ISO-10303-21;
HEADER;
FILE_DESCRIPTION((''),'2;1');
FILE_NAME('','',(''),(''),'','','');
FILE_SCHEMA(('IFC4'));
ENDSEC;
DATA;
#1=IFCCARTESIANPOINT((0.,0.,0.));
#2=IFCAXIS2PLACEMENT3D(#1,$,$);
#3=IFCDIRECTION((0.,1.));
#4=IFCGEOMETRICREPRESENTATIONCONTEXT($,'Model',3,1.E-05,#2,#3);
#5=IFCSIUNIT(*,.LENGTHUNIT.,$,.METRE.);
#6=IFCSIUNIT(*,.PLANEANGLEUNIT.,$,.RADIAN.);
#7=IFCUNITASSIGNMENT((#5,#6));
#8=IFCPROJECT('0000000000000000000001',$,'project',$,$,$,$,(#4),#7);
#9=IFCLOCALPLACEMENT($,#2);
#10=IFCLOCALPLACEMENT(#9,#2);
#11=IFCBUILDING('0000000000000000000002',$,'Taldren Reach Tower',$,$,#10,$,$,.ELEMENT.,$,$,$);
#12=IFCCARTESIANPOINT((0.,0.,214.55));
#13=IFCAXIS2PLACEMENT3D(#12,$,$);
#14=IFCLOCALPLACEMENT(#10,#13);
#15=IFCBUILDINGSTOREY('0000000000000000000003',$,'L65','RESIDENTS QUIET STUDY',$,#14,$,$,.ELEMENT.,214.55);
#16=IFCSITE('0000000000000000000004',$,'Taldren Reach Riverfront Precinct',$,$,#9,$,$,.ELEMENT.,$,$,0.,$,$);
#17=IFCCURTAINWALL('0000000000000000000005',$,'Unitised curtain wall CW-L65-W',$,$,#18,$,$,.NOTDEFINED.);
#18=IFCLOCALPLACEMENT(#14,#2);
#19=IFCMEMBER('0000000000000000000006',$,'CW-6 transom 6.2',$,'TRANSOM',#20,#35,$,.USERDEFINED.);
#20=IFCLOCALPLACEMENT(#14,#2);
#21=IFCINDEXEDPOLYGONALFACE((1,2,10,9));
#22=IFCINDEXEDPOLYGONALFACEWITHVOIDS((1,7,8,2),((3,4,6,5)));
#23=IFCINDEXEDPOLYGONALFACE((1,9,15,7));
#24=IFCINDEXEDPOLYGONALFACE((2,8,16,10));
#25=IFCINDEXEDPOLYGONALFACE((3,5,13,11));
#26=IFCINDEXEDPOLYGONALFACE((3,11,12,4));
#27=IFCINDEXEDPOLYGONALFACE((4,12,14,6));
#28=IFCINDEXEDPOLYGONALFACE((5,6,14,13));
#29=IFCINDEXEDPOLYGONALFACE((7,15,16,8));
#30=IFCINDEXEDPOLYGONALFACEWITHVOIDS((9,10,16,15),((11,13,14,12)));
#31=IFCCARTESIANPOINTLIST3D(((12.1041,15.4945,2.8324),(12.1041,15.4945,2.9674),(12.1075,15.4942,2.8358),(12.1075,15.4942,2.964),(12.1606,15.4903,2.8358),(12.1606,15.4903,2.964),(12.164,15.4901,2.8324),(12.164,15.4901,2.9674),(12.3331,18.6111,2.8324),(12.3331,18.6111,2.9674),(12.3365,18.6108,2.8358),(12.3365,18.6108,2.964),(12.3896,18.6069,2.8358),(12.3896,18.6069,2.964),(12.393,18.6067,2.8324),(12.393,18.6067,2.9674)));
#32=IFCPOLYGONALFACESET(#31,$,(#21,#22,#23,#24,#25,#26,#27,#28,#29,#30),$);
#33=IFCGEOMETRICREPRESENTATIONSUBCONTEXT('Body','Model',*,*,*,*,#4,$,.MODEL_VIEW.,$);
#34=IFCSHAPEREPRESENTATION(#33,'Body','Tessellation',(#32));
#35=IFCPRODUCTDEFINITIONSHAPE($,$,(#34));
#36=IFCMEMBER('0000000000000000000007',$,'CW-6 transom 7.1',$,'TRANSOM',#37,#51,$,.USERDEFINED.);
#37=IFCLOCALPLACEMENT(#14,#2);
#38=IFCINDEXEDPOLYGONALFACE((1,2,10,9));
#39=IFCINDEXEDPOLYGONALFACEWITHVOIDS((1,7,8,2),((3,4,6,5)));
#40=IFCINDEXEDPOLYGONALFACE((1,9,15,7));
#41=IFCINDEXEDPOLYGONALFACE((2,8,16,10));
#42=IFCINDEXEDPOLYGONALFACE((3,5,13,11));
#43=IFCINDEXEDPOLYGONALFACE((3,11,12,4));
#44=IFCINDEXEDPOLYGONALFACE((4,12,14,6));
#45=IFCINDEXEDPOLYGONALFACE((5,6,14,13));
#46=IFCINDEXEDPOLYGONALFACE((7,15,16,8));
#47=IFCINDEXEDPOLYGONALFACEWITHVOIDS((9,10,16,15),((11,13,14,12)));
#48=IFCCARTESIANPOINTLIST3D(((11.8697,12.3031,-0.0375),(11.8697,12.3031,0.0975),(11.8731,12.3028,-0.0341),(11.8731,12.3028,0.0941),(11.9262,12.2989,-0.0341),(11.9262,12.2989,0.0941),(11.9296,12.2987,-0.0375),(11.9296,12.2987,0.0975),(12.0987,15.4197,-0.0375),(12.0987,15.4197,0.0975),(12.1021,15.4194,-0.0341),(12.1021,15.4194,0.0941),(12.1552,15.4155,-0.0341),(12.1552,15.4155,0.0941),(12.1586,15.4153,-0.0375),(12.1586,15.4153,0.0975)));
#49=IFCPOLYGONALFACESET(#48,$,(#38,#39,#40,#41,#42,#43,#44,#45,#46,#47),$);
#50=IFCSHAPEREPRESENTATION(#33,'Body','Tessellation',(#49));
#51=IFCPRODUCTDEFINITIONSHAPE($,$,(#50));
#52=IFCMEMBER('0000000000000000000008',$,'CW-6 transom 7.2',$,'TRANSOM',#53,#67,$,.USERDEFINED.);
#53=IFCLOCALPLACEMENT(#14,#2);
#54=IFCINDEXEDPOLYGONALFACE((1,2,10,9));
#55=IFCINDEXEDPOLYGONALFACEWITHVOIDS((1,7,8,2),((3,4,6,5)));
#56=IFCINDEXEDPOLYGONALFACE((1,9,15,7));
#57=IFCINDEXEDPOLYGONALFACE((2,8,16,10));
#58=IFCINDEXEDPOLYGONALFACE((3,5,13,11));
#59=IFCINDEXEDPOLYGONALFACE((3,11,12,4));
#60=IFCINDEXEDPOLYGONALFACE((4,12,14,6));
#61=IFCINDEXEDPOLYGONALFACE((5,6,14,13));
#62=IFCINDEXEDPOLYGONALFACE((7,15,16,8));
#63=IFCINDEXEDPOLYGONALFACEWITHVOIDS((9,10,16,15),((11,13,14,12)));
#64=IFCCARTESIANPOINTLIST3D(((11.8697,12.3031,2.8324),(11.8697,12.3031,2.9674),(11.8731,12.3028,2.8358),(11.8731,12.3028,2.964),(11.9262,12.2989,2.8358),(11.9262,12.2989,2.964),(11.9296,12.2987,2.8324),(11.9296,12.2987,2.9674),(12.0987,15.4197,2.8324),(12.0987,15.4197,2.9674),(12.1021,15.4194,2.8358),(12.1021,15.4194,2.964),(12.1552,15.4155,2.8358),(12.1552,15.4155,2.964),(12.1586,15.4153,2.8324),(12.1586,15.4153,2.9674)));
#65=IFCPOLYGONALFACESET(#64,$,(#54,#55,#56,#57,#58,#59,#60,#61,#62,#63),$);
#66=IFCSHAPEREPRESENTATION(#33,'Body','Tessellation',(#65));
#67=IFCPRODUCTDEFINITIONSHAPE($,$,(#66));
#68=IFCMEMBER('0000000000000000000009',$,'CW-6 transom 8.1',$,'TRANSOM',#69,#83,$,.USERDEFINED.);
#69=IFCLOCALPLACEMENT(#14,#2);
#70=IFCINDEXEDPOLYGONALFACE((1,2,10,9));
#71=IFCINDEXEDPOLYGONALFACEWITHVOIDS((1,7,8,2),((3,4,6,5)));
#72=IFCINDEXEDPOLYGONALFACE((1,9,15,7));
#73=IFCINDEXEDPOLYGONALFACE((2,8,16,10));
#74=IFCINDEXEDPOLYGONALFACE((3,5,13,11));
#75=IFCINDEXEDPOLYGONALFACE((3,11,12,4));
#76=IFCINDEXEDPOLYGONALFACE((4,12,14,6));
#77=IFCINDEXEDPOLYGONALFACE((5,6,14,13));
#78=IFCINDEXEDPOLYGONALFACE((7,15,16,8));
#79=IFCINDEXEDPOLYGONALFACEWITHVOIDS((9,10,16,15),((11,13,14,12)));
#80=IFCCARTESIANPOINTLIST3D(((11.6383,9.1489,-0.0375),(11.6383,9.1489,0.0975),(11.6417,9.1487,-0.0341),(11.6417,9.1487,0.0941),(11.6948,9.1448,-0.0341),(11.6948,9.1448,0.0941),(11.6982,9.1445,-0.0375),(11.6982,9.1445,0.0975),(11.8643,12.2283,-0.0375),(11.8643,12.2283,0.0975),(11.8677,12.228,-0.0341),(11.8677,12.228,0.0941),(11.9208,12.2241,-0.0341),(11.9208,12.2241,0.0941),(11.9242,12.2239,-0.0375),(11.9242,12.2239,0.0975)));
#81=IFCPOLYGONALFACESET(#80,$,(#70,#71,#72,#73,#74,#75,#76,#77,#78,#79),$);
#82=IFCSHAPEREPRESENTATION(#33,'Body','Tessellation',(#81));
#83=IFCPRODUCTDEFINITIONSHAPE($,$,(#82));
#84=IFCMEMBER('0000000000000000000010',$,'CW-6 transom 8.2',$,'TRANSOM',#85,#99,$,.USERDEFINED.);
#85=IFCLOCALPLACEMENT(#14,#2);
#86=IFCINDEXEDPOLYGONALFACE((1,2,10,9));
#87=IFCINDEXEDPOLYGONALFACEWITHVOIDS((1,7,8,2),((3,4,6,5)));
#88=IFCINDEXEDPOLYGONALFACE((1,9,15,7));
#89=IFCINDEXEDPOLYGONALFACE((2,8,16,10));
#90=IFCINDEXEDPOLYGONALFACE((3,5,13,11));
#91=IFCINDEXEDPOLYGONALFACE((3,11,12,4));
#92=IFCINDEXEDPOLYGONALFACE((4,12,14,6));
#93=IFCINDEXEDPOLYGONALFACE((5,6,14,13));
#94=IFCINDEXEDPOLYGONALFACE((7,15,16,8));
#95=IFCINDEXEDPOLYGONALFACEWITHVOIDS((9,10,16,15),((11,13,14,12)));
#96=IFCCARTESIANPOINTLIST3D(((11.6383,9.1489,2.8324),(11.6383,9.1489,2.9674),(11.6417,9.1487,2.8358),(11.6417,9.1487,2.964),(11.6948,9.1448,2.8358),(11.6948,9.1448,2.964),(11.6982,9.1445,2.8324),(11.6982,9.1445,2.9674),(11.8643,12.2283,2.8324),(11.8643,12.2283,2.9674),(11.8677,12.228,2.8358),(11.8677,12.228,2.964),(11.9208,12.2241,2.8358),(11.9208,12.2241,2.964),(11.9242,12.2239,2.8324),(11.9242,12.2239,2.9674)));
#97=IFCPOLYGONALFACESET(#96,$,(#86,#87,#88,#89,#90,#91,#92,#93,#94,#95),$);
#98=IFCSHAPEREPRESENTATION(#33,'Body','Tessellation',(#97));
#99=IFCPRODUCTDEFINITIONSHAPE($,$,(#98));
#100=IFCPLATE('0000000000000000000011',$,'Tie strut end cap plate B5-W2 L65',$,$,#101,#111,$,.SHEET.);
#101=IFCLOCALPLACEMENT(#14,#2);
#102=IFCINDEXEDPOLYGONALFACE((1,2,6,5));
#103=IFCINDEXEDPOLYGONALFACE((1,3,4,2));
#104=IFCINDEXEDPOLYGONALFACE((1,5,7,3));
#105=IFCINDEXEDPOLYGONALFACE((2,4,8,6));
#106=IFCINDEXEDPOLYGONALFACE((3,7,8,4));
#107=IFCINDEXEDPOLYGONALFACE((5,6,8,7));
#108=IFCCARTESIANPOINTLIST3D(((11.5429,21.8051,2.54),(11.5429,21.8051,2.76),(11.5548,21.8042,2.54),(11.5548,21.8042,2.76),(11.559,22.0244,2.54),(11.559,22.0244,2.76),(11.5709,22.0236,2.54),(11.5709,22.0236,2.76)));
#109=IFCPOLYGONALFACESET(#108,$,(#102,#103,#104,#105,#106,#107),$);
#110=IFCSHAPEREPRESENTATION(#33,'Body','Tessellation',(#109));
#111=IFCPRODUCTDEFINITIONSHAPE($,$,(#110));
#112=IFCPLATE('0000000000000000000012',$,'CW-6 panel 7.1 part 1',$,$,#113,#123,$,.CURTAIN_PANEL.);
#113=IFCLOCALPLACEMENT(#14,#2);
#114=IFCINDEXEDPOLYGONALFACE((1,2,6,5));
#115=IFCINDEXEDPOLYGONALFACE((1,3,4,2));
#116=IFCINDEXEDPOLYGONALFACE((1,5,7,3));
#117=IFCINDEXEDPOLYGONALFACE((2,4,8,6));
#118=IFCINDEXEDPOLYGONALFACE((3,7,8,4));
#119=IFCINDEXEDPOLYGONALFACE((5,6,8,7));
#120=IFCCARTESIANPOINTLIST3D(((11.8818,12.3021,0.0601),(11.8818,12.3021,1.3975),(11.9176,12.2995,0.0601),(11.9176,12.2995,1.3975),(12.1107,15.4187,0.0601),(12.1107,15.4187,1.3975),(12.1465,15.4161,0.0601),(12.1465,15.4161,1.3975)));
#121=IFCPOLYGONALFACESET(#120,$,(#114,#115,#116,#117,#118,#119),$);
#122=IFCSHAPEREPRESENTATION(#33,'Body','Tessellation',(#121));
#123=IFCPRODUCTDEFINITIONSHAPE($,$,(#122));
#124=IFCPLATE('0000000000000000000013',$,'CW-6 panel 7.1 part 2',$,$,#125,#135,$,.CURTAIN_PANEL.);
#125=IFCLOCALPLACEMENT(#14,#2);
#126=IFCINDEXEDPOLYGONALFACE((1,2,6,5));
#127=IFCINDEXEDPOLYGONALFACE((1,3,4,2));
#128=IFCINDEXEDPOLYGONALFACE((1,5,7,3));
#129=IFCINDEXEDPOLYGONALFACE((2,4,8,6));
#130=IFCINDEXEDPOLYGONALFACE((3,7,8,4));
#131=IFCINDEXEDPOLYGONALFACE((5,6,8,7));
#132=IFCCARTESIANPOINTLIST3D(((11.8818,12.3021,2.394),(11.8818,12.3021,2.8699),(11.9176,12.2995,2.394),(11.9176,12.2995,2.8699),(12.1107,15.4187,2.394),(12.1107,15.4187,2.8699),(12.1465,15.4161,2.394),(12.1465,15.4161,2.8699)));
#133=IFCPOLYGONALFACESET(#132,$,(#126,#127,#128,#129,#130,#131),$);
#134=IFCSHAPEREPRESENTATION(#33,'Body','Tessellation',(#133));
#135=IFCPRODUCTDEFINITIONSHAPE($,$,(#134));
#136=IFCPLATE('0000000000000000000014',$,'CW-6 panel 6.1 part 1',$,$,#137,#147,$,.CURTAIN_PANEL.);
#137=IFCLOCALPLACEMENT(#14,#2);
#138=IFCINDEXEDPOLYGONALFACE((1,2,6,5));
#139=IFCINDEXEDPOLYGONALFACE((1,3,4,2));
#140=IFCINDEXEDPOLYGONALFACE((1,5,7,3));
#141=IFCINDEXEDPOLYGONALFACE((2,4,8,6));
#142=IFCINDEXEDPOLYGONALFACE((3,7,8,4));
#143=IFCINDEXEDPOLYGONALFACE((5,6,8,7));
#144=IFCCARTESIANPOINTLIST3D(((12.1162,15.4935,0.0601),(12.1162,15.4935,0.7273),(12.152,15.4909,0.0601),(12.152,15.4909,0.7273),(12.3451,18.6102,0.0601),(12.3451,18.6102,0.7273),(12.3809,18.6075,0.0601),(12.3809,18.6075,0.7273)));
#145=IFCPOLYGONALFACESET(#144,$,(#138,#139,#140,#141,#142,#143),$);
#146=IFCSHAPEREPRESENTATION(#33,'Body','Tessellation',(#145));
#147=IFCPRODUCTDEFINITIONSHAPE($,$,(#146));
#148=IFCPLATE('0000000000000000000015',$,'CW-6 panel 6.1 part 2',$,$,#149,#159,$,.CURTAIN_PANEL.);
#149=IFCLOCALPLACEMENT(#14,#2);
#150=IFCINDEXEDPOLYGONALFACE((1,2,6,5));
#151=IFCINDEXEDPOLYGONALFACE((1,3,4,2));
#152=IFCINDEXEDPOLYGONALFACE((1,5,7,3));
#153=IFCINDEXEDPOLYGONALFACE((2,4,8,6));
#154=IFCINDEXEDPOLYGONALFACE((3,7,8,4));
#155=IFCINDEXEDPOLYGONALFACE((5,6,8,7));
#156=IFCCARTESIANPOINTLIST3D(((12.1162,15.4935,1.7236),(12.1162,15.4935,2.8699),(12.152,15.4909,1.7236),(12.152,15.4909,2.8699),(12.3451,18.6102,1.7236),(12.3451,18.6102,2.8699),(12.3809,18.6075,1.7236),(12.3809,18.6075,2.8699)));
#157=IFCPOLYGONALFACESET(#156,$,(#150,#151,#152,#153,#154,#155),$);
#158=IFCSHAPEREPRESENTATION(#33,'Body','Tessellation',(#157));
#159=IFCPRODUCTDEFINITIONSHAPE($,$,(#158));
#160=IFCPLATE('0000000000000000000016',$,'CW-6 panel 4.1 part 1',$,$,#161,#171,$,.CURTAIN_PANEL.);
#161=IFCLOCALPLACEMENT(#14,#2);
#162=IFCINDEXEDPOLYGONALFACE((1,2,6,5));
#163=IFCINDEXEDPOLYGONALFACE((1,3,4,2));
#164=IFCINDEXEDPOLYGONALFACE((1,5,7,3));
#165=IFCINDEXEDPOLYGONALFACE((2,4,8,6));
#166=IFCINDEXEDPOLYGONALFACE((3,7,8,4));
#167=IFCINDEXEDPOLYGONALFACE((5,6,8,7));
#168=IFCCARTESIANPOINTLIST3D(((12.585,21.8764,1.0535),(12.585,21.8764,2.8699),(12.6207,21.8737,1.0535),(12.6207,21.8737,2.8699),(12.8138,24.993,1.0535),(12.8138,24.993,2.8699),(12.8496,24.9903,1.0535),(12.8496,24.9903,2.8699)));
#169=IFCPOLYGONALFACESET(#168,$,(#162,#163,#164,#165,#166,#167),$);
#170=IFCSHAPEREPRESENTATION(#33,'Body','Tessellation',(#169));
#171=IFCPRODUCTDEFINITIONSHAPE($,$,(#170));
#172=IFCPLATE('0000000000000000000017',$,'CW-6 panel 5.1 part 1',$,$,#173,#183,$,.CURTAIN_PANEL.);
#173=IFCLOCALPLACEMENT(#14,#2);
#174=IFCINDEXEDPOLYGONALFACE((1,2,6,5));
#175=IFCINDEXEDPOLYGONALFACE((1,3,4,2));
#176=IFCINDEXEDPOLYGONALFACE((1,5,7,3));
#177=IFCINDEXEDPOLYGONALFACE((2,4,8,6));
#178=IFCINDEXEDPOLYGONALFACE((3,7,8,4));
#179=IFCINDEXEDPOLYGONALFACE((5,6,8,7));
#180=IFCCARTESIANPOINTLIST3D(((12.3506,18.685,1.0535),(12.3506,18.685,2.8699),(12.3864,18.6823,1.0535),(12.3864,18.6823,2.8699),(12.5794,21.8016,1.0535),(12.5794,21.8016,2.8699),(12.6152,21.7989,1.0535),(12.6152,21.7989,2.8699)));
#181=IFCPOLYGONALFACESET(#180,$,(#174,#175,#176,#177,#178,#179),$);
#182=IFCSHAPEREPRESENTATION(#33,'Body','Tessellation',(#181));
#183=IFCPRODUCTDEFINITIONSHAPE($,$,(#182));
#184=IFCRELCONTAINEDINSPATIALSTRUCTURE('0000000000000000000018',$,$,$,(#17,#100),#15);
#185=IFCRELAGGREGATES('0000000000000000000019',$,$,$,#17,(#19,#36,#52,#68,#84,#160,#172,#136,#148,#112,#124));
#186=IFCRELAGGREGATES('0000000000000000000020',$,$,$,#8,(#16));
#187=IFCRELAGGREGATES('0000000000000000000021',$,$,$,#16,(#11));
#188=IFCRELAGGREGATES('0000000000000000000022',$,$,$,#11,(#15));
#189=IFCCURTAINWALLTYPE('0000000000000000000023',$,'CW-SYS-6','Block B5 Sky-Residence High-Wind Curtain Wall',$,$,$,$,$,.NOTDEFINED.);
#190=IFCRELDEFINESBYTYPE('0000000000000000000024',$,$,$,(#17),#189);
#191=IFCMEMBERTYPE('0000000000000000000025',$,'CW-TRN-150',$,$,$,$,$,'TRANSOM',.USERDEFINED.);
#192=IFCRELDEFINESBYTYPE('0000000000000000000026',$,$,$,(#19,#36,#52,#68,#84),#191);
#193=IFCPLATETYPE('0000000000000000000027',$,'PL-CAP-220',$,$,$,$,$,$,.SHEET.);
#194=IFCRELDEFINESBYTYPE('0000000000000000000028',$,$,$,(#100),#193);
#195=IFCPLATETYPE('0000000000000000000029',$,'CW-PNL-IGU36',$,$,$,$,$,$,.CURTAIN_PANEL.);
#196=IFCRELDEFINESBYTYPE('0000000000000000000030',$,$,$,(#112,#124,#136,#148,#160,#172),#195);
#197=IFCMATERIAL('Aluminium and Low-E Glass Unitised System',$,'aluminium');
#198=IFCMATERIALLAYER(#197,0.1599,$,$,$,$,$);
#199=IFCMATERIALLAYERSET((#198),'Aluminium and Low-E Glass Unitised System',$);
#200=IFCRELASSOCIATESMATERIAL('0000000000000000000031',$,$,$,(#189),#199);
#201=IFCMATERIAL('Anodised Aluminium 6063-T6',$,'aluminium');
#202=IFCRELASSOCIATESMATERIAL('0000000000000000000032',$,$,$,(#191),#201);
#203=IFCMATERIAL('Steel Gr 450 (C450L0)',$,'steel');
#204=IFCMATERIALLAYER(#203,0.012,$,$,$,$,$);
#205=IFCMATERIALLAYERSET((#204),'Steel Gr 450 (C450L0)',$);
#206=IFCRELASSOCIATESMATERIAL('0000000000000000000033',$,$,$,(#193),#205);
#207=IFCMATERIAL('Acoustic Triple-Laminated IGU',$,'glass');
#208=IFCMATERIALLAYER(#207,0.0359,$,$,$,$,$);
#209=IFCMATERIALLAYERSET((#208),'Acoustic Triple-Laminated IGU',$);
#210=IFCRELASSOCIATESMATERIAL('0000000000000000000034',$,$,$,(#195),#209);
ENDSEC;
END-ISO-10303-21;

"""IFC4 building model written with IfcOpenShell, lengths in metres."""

from ifc_helpers import new_model, si_unit, direction, frame, origin, origin_2d, place, context, subcontext, project, spatial, rectangle, hollow_rectangle, extrude, source, transform, mapped, material, layer, layer_set, material_profile, profile_set, type_object, element, aggregate, save


model = new_model("IFC4")

# Units and contexts
model_context = context("Model", 3, precision=1e-05, world=origin(), true_north=direction((0.0, 1.0)))
body_context = subcontext(model_context, "Body", "Model", "MODEL_VIEW")
ifc_project = project(units=[si_unit("LENGTHUNIT", "METRE"), si_unit("PLANEANGLEUNIT", "RADIAN")], contexts=[model_context])

# Site, building, storey
site_placement = place(None, origin())
site = spatial("IfcSite", under=ifc_project, at=site_placement, Name="Taldren Reach Riverfront Precinct", CompositionType="ELEMENT", RefElevation=0.0)
building_placement = place(site_placement, origin())
building = spatial("IfcBuilding", under=site, at=building_placement, Name="Taldren Reach Tower", CompositionType="ELEMENT")
storey_placement = place(building_placement, frame((0.0, 0.0, 214.55)))
storey = spatial("IfcBuildingStorey", under=building, at=storey_placement, Name="L65", Description="RESIDENTS QUIET STUDY", CompositionType="ELEMENT", Elevation=214.55)

# Shared definitions
ifc_material_1 = material(Name="Steel Gr 450 (C450L0)", Category="steel")

# Curtain wall, members
ifc_material_2 = material(Name="Aluminium and Low-E Glass Unitised System", Category="aluminium")
ifc_layer_1 = layer(ifc_material_2, 0.1599)
ifc_layer_set_1 = layer_set([ifc_layer_1], Name="Aluminium and Low-E Glass Unitised System")
curtain_wall_type = type_object("IfcCurtainWallType", Name="CW-SYS-6", Description="Block B5 Sky-Residence High-Wind Curtain Wall", PredefinedType="NOTDEFINED", material=ifc_layer_set_1)
curtain_wall_placement = place(storey_placement, origin())
curtain_wall = element("IfcCurtainWall", 1, at=curtain_wall_placement, inside=storey, type_object=curtain_wall_type, Name="Unitised curtain wall CW-L65-W", PredefinedType="NOTDEFINED")
ifc_material_3 = material(Name="Anodised Aluminium 6063-T6", Category="aluminium")
ifc_material_profile_1 = material_profile(ifc_material_3, hollow_rectangle(XDim=0.0601, YDim=0.135, WallThickness=0.0034, at=origin_2d()), Name="ALU-135x60x3.5RHS")
ifc_profile_set_1 = profile_set([ifc_material_profile_1], Name="Anodised Aluminium 6063-T6")
member_type_1 = type_object("IfcMemberType", Name="CW-TRN-150", ElementType="TRANSOM", PredefinedType="USERDEFINED", material=ifc_profile_set_1)
shared_shape_1 = source(origin(), body_context, "Body", "SweptSolid", [
    extrude(hollow_rectangle(XDim=0.0601, YDim=0.135, WallThickness=0.0034, at=origin_2d()), origin(), (0.0, 0.0, 1.0), 3.125),
])
member_1_placement = place(storey_placement, frame((12.363, 18.6089, 2.8999), z_axis=(-0.073279, -0.997311, 0.0), x_axis=(0.997311, -0.073279, 0.0)))
member_1 = element("IfcMember", 2, at=member_1_placement, type_object=member_type_1, Name="CW-6 transom 6.2", ObjectType="TRANSOM", PredefinedType="USERDEFINED", context=body_context, shape_type="MappedRepresentation", body=[
    mapped(shared_shape_1, transform((0.0, 0.0, 0.0), scale=1.0)),
])
member_2_placement = place(storey_placement, frame((12.1287, 15.4175, 0.03), z_axis=(-0.073279, -0.997311, 0.0), x_axis=(0.997311, -0.073279, 0.0)))
member_2 = element("IfcMember", 3, at=member_2_placement, type_object=member_type_1, Name="CW-6 transom 7.1", ObjectType="TRANSOM", PredefinedType="USERDEFINED", context=body_context, shape_type="MappedRepresentation", body=[
    mapped(shared_shape_1, transform((0.0, 0.0, 0.0), scale=1.0)),
])
member_3_placement = place(storey_placement, frame((12.1287, 15.4175, 2.8999), z_axis=(-0.073279, -0.997311, 0.0), x_axis=(0.997311, -0.073279, 0.0)))
member_3 = element("IfcMember", 4, at=member_3_placement, type_object=member_type_1, Name="CW-6 transom 7.2", ObjectType="TRANSOM", PredefinedType="USERDEFINED", context=body_context, shape_type="MappedRepresentation", body=[
    mapped(shared_shape_1, transform((0.0, 0.0, 0.0), scale=1.0)),
])
shared_shape_2 = source(origin(), body_context, "Body", "SweptSolid", [
    extrude(hollow_rectangle(XDim=0.0601, YDim=0.135, WallThickness=0.0034, at=origin_2d()), origin(), (0.0, 0.0, 1.0), 3.0876),
])
member_4_placement = place(storey_placement, frame((11.8943, 12.2261, 0.03), z_axis=(-0.073219, -0.997316, 0.0), x_axis=(0.997316, -0.073219, 0.0)))
member_4 = element("IfcMember", 5, at=member_4_placement, type_object=member_type_1, Name="CW-6 transom 8.1", ObjectType="TRANSOM", PredefinedType="USERDEFINED", context=body_context, shape_type="MappedRepresentation", body=[
    mapped(shared_shape_2, transform((0.0, 0.0, 0.0), scale=1.0)),
])
member_5_placement = place(storey_placement, frame((11.8943, 12.2261, 2.8999), z_axis=(-0.073219, -0.997316, 0.0), x_axis=(0.997316, -0.073219, 0.0)))
member_5 = element("IfcMember", 6, at=member_5_placement, type_object=member_type_1, Name="CW-6 transom 8.2", ObjectType="TRANSOM", PredefinedType="USERDEFINED", context=body_context, shape_type="MappedRepresentation", body=[
    mapped(shared_shape_2, transform((0.0, 0.0, 0.0), scale=1.0)),
])

# Plates
ifc_layer_2 = layer(ifc_material_1, 0.012)
ifc_layer_set_2 = layer_set([ifc_layer_2], Name="Steel Gr 450 (C450L0)")
plate_type_1 = type_object("IfcPlateType", Name="PL-CAP-220", PredefinedType="SHEET", material=ifc_layer_set_2)
shared_shape_3 = source(origin(), body_context, "Body", "SweptSolid", [
    extrude(rectangle(XDim=0.012, YDim=0.22, at=origin_2d()), origin(), (0.0, 0.0, 1.0), 0.22),
])
plate_1_placement = place(storey_placement, frame((11.5569, 21.9143, 2.54), z_axis=(0.0, 0.0, 1.0), x_axis=(0.997314, -0.073238, 0.0)))
element("IfcPlate", 7, at=plate_1_placement, inside=storey, type_object=plate_type_1, Name="Tie strut end cap plate B5-W2 L65", PredefinedType="SHEET", context=body_context, shape_type="MappedRepresentation", body=[
    mapped(shared_shape_3, transform((0.0, 0.0, 0.0), scale=1.0)),
])
ifc_material_4 = material(Name="Acoustic Triple-Laminated IGU", Category="glass")
ifc_layer_3 = layer(ifc_material_4, 0.0359)
ifc_layer_set_3 = layer_set([ifc_layer_3], Name="Acoustic Triple-Laminated IGU")
plate_type_2 = type_object("IfcPlateType", Name="CW-PNL-IGU36", PredefinedType="CURTAIN_PANEL", material=ifc_layer_set_3)
shared_shape_4 = source(origin(), body_context, "Body", "SweptSolid", [
    extrude(rectangle(XDim=3.125, YDim=0.0359, at=origin_2d()), origin(), (0.0, 0.0, 1.0), 1.3374),
])
plate_2_placement = place(storey_placement, frame((12.0142, 13.8591, 0.0601), z_axis=(0.0, 0.0, 1.0), x_axis=(-0.073238, -0.997314, 0.0)))
plate_2 = element("IfcPlate", 8, at=plate_2_placement, type_object=plate_type_2, Name="CW-6 panel 7.1 part 1", PredefinedType="CURTAIN_PANEL", context=body_context, shape_type="MappedRepresentation", body=[
    mapped(shared_shape_4, transform((0.0, 0.0, 0.0), scale=1.0)),
])
shared_shape_5 = source(origin(), body_context, "Body", "SweptSolid", [
    extrude(rectangle(XDim=3.125, YDim=0.0359, at=origin_2d()), origin(), (0.0, 0.0, 1.0), 0.4758),
])
plate_3_placement = place(storey_placement, frame((12.0142, 13.8591, 2.394), z_axis=(0.0, 0.0, 1.0), x_axis=(-0.073238, -0.997314, 0.0)))
plate_3 = element("IfcPlate", 9, at=plate_3_placement, type_object=plate_type_2, Name="CW-6 panel 7.1 part 2", PredefinedType="CURTAIN_PANEL", context=body_context, shape_type="MappedRepresentation", body=[
    mapped(shared_shape_5, transform((0.0, 0.0, 0.0), scale=1.0)),
])
shared_shape_6 = source(origin(), body_context, "Body", "SweptSolid", [
    extrude(rectangle(XDim=3.125, YDim=0.0359, at=origin_2d()), origin(), (0.0, 0.0, 1.0), 0.6672),
])
plate_4_placement = place(storey_placement, frame((12.2485, 17.0505, 0.0601), z_axis=(0.0, 0.0, 1.0), x_axis=(-0.073238, -0.997314, 0.0)))
plate_4 = element("IfcPlate", 10, at=plate_4_placement, type_object=plate_type_2, Name="CW-6 panel 6.1 part 1", PredefinedType="CURTAIN_PANEL", context=body_context, shape_type="MappedRepresentation", body=[
    mapped(shared_shape_6, transform((0.0, 0.0, 0.0), scale=1.0)),
])
shared_shape_7 = source(origin(), body_context, "Body", "SweptSolid", [
    extrude(rectangle(XDim=3.125, YDim=0.0359, at=origin_2d()), origin(), (0.0, 0.0, 1.0), 1.1462),
])
plate_5_placement = place(storey_placement, frame((12.2485, 17.0505, 1.7236), z_axis=(0.0, 0.0, 1.0), x_axis=(-0.073238, -0.997314, 0.0)))
plate_5 = element("IfcPlate", 11, at=plate_5_placement, type_object=plate_type_2, Name="CW-6 panel 6.1 part 2", PredefinedType="CURTAIN_PANEL", context=body_context, shape_type="MappedRepresentation", body=[
    mapped(shared_shape_7, transform((0.0, 0.0, 0.0), scale=1.0)),
])
shared_shape_8 = source(origin(), body_context, "Body", "SweptSolid", [
    extrude(rectangle(XDim=3.125, YDim=0.0359, at=origin_2d()), origin(), (0.0, 0.0, 1.0), 1.8164),
])
plate_6_placement = place(storey_placement, frame((12.7173, 23.4333, 1.0535), z_axis=(0.0, 0.0, 1.0), x_axis=(-0.073238, -0.997314, 0.0)))
plate_6 = element("IfcPlate", 12, at=plate_6_placement, type_object=plate_type_2, Name="CW-6 panel 4.1 part 1", PredefinedType="CURTAIN_PANEL", context=body_context, shape_type="MappedRepresentation", body=[
    mapped(shared_shape_8, transform((0.0, 0.0, 0.0), scale=1.0)),
])
plate_7_placement = place(storey_placement, frame((12.4829, 20.2419, 1.0535), z_axis=(0.0, 0.0, 1.0), x_axis=(-0.073238, -0.997314, 0.0)))
plate_7 = element("IfcPlate", 13, at=plate_7_placement, type_object=plate_type_2, Name="CW-6 panel 5.1 part 1", PredefinedType="CURTAIN_PANEL", context=body_context, shape_type="MappedRepresentation", body=[
    mapped(shared_shape_8, transform((0.0, 0.0, 0.0), scale=1.0)),
])
aggregate(curtain_wall, [member_1, member_2, member_3, member_4, member_5, plate_6, plate_7, plate_4, plate_5, plate_2, plate_3])

save(model, "model.ifc")
